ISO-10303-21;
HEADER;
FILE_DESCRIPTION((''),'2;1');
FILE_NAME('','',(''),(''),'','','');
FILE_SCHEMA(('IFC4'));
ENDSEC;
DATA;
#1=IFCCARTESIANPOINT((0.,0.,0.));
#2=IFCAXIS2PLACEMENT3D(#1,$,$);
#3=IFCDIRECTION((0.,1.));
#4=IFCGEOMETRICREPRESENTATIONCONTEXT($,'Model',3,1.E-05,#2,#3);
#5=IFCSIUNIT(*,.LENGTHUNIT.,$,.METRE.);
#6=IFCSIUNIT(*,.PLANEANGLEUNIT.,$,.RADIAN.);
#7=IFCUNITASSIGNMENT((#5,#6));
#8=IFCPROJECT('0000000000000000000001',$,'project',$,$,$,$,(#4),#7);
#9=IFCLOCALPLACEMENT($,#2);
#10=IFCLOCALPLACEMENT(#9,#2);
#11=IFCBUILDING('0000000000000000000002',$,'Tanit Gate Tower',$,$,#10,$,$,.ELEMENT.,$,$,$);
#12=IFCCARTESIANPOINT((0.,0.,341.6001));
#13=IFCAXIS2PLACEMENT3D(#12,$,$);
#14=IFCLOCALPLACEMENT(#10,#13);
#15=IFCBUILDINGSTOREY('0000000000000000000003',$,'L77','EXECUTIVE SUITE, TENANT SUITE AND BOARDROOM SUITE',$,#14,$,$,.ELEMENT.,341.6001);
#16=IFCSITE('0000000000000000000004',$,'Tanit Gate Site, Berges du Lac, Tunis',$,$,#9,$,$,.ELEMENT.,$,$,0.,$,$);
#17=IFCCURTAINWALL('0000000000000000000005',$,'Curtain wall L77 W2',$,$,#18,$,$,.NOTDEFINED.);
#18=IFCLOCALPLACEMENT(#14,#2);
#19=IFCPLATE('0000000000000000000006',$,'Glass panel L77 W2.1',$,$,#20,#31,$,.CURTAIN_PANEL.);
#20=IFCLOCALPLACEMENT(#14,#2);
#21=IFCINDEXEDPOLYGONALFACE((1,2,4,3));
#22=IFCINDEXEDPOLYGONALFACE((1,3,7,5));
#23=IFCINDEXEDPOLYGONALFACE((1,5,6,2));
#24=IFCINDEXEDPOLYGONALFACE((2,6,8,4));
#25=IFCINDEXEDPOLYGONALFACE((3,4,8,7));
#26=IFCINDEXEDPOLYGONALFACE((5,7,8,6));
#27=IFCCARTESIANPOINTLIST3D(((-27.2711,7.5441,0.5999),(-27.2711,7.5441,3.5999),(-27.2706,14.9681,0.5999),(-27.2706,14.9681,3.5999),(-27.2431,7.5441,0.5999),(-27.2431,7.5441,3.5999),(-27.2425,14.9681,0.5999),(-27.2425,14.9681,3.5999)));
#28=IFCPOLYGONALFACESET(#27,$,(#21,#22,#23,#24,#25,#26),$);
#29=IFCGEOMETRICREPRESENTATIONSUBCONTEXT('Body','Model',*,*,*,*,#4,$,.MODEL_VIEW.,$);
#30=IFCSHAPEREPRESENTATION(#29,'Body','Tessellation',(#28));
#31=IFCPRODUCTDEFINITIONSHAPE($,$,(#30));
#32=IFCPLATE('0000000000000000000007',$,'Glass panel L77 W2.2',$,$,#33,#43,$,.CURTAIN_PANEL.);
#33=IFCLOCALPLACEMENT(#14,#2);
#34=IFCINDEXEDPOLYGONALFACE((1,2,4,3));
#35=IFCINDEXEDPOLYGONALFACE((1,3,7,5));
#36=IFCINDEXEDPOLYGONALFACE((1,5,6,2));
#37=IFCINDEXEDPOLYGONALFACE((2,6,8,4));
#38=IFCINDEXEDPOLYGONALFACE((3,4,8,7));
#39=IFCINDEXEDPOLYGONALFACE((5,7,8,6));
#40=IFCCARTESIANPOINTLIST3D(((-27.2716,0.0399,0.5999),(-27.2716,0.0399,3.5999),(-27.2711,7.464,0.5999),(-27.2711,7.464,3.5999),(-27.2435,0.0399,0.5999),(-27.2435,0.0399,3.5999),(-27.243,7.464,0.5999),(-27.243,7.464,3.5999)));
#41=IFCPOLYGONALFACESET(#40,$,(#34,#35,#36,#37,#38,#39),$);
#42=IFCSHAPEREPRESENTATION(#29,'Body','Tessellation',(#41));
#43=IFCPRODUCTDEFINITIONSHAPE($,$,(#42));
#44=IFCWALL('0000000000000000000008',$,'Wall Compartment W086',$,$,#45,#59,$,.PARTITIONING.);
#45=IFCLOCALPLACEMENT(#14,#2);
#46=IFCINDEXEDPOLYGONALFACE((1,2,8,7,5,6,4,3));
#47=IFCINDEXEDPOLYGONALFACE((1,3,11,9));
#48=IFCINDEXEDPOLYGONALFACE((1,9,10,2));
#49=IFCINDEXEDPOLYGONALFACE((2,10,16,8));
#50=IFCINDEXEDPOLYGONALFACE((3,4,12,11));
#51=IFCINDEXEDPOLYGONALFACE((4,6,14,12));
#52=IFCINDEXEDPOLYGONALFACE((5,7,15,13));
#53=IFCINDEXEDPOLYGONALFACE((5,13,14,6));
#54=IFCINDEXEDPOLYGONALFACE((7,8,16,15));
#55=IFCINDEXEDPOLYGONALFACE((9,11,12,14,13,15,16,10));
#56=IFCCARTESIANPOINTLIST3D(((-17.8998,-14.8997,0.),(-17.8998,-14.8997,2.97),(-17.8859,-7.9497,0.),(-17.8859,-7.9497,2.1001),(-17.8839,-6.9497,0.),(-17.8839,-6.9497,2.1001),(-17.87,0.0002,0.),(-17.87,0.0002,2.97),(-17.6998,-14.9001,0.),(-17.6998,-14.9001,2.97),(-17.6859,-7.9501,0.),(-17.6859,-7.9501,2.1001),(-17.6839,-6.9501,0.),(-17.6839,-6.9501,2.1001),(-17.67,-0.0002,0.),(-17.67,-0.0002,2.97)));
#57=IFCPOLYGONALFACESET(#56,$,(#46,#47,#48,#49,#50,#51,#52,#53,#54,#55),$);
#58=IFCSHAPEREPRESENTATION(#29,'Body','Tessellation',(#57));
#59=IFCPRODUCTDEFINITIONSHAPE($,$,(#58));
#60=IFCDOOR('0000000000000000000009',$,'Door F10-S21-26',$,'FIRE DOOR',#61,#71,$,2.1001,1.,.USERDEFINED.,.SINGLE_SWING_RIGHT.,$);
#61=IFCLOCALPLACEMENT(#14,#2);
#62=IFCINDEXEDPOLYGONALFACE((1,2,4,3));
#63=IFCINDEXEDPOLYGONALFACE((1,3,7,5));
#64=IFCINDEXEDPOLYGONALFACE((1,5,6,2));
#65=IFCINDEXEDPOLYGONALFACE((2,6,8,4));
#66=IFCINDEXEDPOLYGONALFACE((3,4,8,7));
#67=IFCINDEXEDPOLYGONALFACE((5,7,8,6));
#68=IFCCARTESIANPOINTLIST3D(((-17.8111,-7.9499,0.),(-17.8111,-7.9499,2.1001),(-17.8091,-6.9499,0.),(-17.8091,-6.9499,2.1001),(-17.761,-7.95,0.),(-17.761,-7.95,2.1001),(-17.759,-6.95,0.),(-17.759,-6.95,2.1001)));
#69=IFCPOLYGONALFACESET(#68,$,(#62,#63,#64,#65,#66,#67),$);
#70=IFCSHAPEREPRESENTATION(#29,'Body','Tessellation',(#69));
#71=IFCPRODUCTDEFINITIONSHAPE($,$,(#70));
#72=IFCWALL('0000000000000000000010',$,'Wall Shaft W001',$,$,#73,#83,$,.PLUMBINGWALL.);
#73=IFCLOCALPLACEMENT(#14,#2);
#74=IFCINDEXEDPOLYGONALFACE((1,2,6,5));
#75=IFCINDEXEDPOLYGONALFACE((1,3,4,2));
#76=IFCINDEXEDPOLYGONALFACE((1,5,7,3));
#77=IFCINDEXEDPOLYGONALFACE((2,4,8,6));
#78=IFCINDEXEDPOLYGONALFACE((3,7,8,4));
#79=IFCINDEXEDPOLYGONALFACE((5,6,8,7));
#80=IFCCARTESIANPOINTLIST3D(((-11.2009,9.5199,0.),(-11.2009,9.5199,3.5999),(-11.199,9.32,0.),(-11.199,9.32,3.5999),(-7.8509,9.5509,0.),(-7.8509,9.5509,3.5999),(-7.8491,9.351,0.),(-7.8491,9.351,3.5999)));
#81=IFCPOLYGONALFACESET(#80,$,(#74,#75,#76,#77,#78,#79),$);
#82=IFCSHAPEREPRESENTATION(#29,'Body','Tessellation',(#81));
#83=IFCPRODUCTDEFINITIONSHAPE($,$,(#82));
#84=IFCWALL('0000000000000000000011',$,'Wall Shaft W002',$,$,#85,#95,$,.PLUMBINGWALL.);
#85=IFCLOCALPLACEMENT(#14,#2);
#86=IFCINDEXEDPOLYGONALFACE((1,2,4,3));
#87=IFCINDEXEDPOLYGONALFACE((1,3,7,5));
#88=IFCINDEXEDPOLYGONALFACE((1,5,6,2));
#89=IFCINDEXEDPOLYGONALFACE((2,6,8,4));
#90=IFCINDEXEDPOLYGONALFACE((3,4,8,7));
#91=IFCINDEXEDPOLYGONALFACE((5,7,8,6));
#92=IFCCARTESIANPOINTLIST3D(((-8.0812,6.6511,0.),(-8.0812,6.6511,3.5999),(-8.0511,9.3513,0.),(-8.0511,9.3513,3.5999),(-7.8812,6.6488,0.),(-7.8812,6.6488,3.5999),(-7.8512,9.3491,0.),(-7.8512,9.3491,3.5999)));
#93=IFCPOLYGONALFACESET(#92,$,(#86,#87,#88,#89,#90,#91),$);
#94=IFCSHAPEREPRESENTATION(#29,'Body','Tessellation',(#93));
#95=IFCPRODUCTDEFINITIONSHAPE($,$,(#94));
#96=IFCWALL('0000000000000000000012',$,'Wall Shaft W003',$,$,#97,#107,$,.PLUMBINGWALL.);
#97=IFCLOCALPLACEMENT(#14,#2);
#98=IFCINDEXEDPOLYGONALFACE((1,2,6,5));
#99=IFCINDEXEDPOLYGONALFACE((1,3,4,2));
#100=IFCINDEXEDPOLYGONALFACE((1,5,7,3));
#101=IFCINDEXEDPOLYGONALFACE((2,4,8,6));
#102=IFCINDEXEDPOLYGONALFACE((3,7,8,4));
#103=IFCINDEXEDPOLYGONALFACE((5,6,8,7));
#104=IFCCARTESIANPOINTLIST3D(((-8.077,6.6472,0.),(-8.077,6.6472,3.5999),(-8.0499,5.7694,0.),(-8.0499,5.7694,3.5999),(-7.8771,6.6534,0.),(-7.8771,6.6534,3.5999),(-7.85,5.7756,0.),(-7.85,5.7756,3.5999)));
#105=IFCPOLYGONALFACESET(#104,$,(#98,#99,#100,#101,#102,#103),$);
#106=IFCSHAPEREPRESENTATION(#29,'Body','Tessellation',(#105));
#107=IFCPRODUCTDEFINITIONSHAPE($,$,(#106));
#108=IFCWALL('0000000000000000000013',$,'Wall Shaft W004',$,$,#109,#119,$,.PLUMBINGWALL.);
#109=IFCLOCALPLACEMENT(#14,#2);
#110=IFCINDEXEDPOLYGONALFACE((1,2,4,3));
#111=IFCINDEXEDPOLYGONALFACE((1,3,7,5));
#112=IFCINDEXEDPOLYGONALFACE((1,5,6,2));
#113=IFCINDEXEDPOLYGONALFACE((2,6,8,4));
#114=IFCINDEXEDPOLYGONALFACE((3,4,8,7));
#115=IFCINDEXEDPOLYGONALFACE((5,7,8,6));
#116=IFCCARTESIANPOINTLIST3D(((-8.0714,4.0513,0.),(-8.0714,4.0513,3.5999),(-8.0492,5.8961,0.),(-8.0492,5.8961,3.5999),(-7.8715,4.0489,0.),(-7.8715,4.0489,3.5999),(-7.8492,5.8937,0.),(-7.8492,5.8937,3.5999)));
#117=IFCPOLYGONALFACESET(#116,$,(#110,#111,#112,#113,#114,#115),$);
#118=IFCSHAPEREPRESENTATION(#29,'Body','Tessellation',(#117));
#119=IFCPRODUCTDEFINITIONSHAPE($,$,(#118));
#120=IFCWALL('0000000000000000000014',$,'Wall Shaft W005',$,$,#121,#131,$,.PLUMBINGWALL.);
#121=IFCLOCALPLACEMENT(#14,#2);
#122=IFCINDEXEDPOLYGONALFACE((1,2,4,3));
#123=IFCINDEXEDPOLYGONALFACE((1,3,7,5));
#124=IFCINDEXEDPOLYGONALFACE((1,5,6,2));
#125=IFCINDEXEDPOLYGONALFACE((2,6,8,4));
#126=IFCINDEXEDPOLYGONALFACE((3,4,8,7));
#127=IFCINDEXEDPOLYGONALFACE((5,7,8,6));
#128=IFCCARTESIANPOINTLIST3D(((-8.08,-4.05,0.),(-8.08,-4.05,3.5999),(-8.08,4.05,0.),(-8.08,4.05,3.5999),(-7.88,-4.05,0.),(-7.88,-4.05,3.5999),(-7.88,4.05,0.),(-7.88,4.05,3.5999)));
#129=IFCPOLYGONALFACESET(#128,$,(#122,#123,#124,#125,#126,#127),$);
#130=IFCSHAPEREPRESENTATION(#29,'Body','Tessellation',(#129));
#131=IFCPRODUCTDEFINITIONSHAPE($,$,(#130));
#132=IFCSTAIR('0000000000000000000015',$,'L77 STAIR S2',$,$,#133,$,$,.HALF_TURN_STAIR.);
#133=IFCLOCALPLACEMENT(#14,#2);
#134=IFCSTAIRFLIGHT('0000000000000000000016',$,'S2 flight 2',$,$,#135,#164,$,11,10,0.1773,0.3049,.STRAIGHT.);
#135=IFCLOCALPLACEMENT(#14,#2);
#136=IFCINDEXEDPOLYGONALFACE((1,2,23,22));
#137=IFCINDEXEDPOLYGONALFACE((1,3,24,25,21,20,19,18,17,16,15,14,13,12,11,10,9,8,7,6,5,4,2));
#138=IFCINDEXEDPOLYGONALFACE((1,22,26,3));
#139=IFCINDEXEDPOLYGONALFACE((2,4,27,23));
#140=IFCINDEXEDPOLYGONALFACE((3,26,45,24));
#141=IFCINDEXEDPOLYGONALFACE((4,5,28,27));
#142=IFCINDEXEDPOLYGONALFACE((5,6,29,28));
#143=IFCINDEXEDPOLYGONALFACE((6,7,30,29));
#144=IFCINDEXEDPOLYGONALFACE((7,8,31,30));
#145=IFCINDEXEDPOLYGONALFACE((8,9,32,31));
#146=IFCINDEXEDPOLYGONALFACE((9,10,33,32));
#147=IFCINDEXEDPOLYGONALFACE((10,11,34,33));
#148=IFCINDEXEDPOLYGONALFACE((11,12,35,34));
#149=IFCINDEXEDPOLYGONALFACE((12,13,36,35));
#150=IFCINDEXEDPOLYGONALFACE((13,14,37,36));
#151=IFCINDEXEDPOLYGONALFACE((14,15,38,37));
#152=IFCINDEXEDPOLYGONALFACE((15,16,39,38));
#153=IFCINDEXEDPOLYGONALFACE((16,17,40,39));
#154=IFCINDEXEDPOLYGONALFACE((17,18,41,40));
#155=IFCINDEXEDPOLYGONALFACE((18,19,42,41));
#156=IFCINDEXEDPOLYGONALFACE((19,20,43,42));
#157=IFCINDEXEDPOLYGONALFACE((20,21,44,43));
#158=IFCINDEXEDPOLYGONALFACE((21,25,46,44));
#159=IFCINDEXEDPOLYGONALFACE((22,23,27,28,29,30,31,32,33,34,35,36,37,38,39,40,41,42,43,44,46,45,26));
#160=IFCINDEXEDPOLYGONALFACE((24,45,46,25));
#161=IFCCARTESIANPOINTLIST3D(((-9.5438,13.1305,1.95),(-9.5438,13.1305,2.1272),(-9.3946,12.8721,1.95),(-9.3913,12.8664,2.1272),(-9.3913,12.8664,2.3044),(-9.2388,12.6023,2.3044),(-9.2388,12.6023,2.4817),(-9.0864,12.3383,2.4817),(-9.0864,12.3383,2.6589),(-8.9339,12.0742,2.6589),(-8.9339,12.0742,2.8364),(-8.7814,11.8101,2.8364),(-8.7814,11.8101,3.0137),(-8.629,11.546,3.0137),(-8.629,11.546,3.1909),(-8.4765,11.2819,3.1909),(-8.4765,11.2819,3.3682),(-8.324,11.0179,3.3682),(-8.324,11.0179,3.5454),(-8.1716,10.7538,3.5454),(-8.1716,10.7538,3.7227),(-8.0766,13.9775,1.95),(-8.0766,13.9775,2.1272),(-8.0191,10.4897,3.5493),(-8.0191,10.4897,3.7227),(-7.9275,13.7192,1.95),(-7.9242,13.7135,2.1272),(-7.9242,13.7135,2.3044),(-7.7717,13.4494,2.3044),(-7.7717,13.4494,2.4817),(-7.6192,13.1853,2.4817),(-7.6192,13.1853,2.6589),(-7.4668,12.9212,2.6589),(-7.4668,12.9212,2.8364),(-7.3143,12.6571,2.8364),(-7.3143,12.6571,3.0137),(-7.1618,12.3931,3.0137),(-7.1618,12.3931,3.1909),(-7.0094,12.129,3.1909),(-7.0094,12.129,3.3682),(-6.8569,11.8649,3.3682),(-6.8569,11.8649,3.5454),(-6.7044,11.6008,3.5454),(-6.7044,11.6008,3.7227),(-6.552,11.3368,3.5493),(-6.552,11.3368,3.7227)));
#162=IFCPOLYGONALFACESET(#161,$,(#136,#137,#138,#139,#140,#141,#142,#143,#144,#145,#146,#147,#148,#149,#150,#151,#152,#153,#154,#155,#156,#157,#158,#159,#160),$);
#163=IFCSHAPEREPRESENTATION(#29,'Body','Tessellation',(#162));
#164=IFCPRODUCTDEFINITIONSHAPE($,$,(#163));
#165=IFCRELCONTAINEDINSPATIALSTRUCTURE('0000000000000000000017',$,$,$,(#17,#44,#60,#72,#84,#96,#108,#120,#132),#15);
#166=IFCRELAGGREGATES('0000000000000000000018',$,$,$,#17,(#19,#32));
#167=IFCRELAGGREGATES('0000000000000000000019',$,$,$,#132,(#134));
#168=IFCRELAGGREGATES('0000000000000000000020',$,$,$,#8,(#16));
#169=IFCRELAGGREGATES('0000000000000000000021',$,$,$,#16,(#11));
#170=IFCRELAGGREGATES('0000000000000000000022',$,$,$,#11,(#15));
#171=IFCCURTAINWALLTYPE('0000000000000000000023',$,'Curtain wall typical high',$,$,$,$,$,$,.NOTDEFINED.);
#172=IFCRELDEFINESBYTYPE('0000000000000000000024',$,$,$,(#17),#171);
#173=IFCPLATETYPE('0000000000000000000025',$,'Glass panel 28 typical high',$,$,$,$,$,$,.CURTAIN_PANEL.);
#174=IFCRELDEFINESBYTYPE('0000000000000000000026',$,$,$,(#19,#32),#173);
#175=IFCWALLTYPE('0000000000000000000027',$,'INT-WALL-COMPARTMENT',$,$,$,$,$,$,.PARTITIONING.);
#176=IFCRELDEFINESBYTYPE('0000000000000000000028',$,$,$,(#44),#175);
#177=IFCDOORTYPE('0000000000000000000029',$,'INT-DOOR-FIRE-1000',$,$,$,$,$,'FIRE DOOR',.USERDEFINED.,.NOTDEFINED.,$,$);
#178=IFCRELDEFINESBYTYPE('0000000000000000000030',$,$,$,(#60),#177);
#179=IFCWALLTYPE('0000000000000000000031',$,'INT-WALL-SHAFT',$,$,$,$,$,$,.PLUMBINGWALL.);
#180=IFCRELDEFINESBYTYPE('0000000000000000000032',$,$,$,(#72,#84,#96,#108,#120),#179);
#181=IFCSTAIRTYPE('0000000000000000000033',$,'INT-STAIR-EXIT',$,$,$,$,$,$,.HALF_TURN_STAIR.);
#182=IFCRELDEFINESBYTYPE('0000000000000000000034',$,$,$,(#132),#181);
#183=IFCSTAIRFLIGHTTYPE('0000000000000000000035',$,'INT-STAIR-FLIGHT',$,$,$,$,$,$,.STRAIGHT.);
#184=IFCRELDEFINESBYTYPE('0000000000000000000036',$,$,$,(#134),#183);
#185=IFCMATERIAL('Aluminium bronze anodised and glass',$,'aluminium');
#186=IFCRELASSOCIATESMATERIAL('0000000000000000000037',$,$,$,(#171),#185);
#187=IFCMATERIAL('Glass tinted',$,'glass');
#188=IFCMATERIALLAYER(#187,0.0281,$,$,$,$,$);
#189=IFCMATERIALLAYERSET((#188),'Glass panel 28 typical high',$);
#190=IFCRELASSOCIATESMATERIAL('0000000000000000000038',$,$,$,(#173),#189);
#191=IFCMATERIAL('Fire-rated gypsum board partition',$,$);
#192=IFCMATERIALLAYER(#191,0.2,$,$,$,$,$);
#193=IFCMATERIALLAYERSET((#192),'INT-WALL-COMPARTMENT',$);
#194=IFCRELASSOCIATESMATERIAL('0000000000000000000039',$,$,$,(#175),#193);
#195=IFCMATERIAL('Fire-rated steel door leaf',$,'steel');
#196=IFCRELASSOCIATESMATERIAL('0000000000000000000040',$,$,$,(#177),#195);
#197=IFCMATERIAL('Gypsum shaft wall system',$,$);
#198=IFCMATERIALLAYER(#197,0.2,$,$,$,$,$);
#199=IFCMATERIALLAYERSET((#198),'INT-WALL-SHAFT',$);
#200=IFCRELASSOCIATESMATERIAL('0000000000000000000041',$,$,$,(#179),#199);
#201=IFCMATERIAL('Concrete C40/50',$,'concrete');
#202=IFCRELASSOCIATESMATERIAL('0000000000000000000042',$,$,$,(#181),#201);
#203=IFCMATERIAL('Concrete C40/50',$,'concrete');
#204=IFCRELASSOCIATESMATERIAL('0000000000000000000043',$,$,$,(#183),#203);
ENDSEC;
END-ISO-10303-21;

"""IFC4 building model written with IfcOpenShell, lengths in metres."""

from ifc_helpers import new_model, si_unit, direction, frame, frame_2d, origin, origin_2d, place, context, subcontext, project, spatial, polyline, rectangle, outline, extrude, material, layer, layer_set, type_object, element, fill, aggregate, save


model = new_model("IFC4")

# Units and contexts
model_context = context("Model", 3, precision=1e-05, world=origin(), true_north=direction((0.0, 1.0)))
body_context = subcontext(model_context, "Body", "Model", "MODEL_VIEW")
ifc_project = project(units=[si_unit("LENGTHUNIT", "METRE"), si_unit("PLANEANGLEUNIT", "RADIAN")], contexts=[model_context])

# Site, building, storey
site_placement = place(None, origin())
site = spatial("IfcSite", under=ifc_project, at=site_placement, Name="Tanit Gate Site, Berges du Lac, Tunis", CompositionType="ELEMENT", RefElevation=0.0)
building_placement = place(site_placement, origin())
building = spatial("IfcBuilding", under=site, at=building_placement, Name="Tanit Gate Tower", CompositionType="ELEMENT")
storey_placement = place(building_placement, frame((0.0, 0.0, 341.6001)))
storey = spatial("IfcBuildingStorey", under=building, at=storey_placement, Name="L77", Description="EXECUTIVE SUITE, TENANT SUITE AND BOARDROOM SUITE", CompositionType="ELEMENT", Elevation=341.6001)

# Curtain wall
ifc_material_1 = material(Name="Aluminium bronze anodised and glass", Category="aluminium")
curtain_wall_type = type_object("IfcCurtainWallType", Name="Curtain wall typical high", PredefinedType="NOTDEFINED", material=ifc_material_1)
curtain_wall_1_placement = place(storey_placement, origin())
curtain_wall_1 = element("IfcCurtainWall", 1, at=curtain_wall_1_placement, inside=storey, type_object=curtain_wall_type, Name="Curtain wall L77 W2", PredefinedType="NOTDEFINED")

# Plates
ifc_material_2 = material(Name="Glass tinted", Category="glass")
ifc_layer_1 = layer(ifc_material_2, 0.0281)
ifc_layer_set_1 = layer_set([ifc_layer_1], Name="Glass panel 28 typical high")
plate_type = type_object("IfcPlateType", Name="Glass panel 28 typical high", PredefinedType="CURTAIN_PANEL", material=ifc_layer_set_1)
plate_1_placement = place(storey_placement, frame((-27.2568, 11.2561, 0.5999), z_axis=(0.0, 0.0, 1.0), x_axis=(-0.000069, -1.0, 0.0)))
plate_1 = element("IfcPlate", 2, at=plate_1_placement, type_object=plate_type, Name="Glass panel L77 W2.1", PredefinedType="CURTAIN_PANEL", context=body_context, shape_type="SweptSolid", body=[
    extrude(rectangle(XDim=7.4241, YDim=0.0281, at=origin_2d()), origin(), (0.0, 0.0, 1.0), 3.0),
])
plate_2_placement = place(storey_placement, frame((-27.2573, 3.752, 0.5999), z_axis=(0.0, 0.0, 1.0), x_axis=(-0.000069, -1.0, 0.0)))
plate_2 = element("IfcPlate", 3, at=plate_2_placement, type_object=plate_type, Name="Glass panel L77 W2.2", PredefinedType="CURTAIN_PANEL", context=body_context, shape_type="SweptSolid", body=[
    extrude(rectangle(XDim=7.4241, YDim=0.0281, at=origin_2d()), origin(), (0.0, 0.0, 1.0), 3.0),
])
aggregate(curtain_wall_1, [plate_1, plate_2])

# Wall, opening, door
ifc_material_3 = material(Name="Fire-rated gypsum board partition")
ifc_layer_2 = layer(ifc_material_3, 0.2)
ifc_layer_set_2 = layer_set([ifc_layer_2], Name="INT-WALL-COMPARTMENT")
wall_type_1 = type_object("IfcWallType", Name="INT-WALL-COMPARTMENT", PredefinedType="PARTITIONING", material=ifc_layer_set_2)
wall_1_placement = place(storey_placement, frame((-17.77, 0.0, 0.0), z_axis=(0.0, 0.0, 1.0), x_axis=(-0.001999, -0.999998, 0.0)))
wall_1 = element("IfcWall", 4, at=wall_1_placement, inside=storey, type_object=wall_type_1, Name="Wall Compartment W086", PredefinedType="PARTITIONING", context=body_context, shape_type="SweptSolid", body=[
    extrude(rectangle(XDim=14.8999, YDim=0.2, at=frame_2d((7.45, 0.0))), origin(), (0.0, 0.0, 1.0), 2.97),
])
opening_placement = place(wall_1_placement, frame((6.95, 0.0, 0.0)))
opening = element("IfcOpeningElement", 5, at=opening_placement, cuts=wall_1, PredefinedType="OPENING", context=body_context, shape_type="SweptSolid", body=[
    extrude(rectangle(XDim=1.0, YDim=2.1001, at=frame_2d((0.5, 1.05))), frame((0.0, 0.1099, 0.0), z_axis=(0.0, -1.0, 0.0), x_axis=(1.0, 0.0, 0.0)), (0.0, 0.0, 1.0), 0.22),
])
ifc_material_4 = material(Name="Fire-rated steel door leaf", Category="steel")
door_type = type_object("IfcDoorType", Name="INT-DOOR-FIRE-1000", ElementType="FIRE DOOR", OperationType="NOTDEFINED", PredefinedType="USERDEFINED", material=ifc_material_4)
door_placement = place(opening_placement, origin())
door = element("IfcDoor", 6, at=door_placement, inside=storey, type_object=door_type, Name="Door F10-S21-26", ObjectType="FIRE DOOR", OperationType="SINGLE_SWING_RIGHT", OverallHeight=2.1001, OverallWidth=1.0, PredefinedType="USERDEFINED", context=body_context, shape_type="SweptSolid", body=[
    extrude(rectangle(XDim=1.0, YDim=2.1001, at=frame_2d((0.5, 1.05))), frame((0.0, 0.0249, 0.0), z_axis=(0.0, -1.0, 0.0), x_axis=(1.0, 0.0, 0.0)), (0.0, 0.0, 1.0), 0.05),
])
fill(opening, door)

# Walls
ifc_material_5 = material(Name="Gypsum shaft wall system")
ifc_layer_3 = layer(ifc_material_5, 0.2)
ifc_layer_set_3 = layer_set([ifc_layer_3], Name="INT-WALL-SHAFT")
wall_type_2 = type_object("IfcWallType", Name="INT-WALL-SHAFT", PredefinedType="PLUMBINGWALL", material=ifc_layer_set_3)
wall_2_placement = place(storey_placement, frame((-11.2, 9.4199, 0.0), z_axis=(0.0, 0.0, 1.0), x_axis=(0.999957, 0.009255, 0.0)))
element("IfcWall", 7, at=wall_2_placement, inside=storey, type_object=wall_type_2, Name="Wall Shaft W001", PredefinedType="PLUMBINGWALL", context=body_context, shape_type="SweptSolid", body=[
    extrude(rectangle(XDim=3.3501, YDim=0.2, at=frame_2d((1.675, 0.0))), origin(), (0.0, 0.0, 1.0), 3.5999),
])
wall_3_placement = place(storey_placement, frame((-7.9512, 9.3501, 0.0), z_axis=(0.0, 0.0, 1.0), x_axis=(-0.01112, -0.999938, 0.0)))
element("IfcWall", 8, at=wall_3_placement, inside=storey, type_object=wall_type_2, Name="Wall Shaft W002", PredefinedType="PLUMBINGWALL", context=body_context, shape_type="SweptSolid", body=[
    extrude(rectangle(XDim=2.7004, YDim=0.2, at=frame_2d((1.3501, 0.0))), origin(), (0.0, 0.0, 1.0), 3.5999),
])
wall_4_placement = place(storey_placement, frame((-7.9771, 6.6501, 0.0), z_axis=(0.0, 0.0, 1.0), x_axis=(0.030862, -0.999524, 0.0)))
element("IfcWall", 9, at=wall_4_placement, inside=storey, type_object=wall_type_2, Name="Wall Shaft W003", PredefinedType="PLUMBINGWALL", context=body_context, shape_type="SweptSolid", body=[
    extrude(rectangle(XDim=0.8782, YDim=0.2, at=frame_2d((0.439, 0.0))), origin(), (0.0, 0.0, 1.0), 3.5999),
])
wall_5_placement = place(storey_placement, frame((-7.9492, 5.8948, 0.0), z_axis=(0.0, 0.0, 1.0), x_axis=(-0.012043, -0.999927, 0.0)))
element("IfcWall", 10, at=wall_5_placement, inside=storey, type_object=wall_type_2, Name="Wall Shaft W004", PredefinedType="PLUMBINGWALL", context=body_context, shape_type="SweptSolid", body=[
    extrude(rectangle(XDim=1.845, YDim=0.2, at=frame_2d((0.9224, 0.0))), origin(), (0.0, 0.0, 1.0), 3.5999),
])
wall_6_placement = place(storey_placement, frame((-7.98, 4.05, 0.0), z_axis=(0.0, 0.0, 1.0), x_axis=(0.0, -1.0, 0.0)))
element("IfcWall", 11, at=wall_6_placement, inside=storey, type_object=wall_type_2, Name="Wall Shaft W005", PredefinedType="PLUMBINGWALL", context=body_context, shape_type="SweptSolid", body=[
    extrude(rectangle(XDim=8.1001, YDim=0.2, at=frame_2d((4.05, 0.0))), origin(), (0.0, 0.0, 1.0), 3.5999),
])

# Stair, stair flight
ifc_material_6 = material(Name="Concrete C40/50", Category="concrete")
stair_type = type_object("IfcStairType", Name="INT-STAIR-EXIT", PredefinedType="HALF_TURN_STAIR", material=ifc_material_6)
stair_placement = place(storey_placement, origin())
stair = element("IfcStair", 12, at=stair_placement, inside=storey, type_object=stair_type, Name="L77 STAIR S2", PredefinedType="HALF_TURN_STAIR")
ifc_material_7 = material(Name="Concrete C40/50", Category="concrete")
stair_flight_type = type_object("IfcStairFlightType", Name="INT-STAIR-FLIGHT", PredefinedType="STRAIGHT", material=ifc_material_7)
stair_flight_placement = place(storey_placement, frame((-8.8103, 13.554, 1.95), z_axis=(0.0, 0.0, 1.0), x_axis=(0.5, -0.866025, 0.0)))
stair_flight = element("IfcStairFlight", 13, at=stair_flight_placement, type_object=stair_flight_type, Name="S2 flight 2", NumberOfRisers=11, NumberOfTreads=10, PredefinedType="STRAIGHT", RiserHeight=0.1773, TreadLength=0.3049, context=body_context, shape_type="SweptSolid", body=[
    extrude(outline(polyline([(0.0, 0.0), (0.0, 0.1772), (0.3049, 0.1772), (0.3049, 0.3545), (0.6099, 0.3545), (0.6099, 0.5317), (0.9148, 0.5317), (0.9148, 0.709), (1.2197, 0.709), (1.2197, 0.8865), (1.5247, 0.8865), (1.5247, 1.0637), (1.8296, 1.0637), (1.8296, 1.241), (2.1345, 1.241), (2.1345, 1.4182), (2.4395, 1.4182), (2.4395, 1.5955), (2.7444, 1.5955), (2.7444, 1.7727), (3.0493, 1.7727), (3.0493, 1.95), (3.0493, 1.5994), (0.2983, 0.0), (0.0, 0.0)])), frame((0.0, 0.8472, 0.0), z_axis=(0.0, -1.0, 0.0), x_axis=(1.0, 0.0, 0.0)), (0.0, 0.0, 1.0), 1.6941),
])
aggregate(stair, [stair_flight])

save(model, "model.ifc")
